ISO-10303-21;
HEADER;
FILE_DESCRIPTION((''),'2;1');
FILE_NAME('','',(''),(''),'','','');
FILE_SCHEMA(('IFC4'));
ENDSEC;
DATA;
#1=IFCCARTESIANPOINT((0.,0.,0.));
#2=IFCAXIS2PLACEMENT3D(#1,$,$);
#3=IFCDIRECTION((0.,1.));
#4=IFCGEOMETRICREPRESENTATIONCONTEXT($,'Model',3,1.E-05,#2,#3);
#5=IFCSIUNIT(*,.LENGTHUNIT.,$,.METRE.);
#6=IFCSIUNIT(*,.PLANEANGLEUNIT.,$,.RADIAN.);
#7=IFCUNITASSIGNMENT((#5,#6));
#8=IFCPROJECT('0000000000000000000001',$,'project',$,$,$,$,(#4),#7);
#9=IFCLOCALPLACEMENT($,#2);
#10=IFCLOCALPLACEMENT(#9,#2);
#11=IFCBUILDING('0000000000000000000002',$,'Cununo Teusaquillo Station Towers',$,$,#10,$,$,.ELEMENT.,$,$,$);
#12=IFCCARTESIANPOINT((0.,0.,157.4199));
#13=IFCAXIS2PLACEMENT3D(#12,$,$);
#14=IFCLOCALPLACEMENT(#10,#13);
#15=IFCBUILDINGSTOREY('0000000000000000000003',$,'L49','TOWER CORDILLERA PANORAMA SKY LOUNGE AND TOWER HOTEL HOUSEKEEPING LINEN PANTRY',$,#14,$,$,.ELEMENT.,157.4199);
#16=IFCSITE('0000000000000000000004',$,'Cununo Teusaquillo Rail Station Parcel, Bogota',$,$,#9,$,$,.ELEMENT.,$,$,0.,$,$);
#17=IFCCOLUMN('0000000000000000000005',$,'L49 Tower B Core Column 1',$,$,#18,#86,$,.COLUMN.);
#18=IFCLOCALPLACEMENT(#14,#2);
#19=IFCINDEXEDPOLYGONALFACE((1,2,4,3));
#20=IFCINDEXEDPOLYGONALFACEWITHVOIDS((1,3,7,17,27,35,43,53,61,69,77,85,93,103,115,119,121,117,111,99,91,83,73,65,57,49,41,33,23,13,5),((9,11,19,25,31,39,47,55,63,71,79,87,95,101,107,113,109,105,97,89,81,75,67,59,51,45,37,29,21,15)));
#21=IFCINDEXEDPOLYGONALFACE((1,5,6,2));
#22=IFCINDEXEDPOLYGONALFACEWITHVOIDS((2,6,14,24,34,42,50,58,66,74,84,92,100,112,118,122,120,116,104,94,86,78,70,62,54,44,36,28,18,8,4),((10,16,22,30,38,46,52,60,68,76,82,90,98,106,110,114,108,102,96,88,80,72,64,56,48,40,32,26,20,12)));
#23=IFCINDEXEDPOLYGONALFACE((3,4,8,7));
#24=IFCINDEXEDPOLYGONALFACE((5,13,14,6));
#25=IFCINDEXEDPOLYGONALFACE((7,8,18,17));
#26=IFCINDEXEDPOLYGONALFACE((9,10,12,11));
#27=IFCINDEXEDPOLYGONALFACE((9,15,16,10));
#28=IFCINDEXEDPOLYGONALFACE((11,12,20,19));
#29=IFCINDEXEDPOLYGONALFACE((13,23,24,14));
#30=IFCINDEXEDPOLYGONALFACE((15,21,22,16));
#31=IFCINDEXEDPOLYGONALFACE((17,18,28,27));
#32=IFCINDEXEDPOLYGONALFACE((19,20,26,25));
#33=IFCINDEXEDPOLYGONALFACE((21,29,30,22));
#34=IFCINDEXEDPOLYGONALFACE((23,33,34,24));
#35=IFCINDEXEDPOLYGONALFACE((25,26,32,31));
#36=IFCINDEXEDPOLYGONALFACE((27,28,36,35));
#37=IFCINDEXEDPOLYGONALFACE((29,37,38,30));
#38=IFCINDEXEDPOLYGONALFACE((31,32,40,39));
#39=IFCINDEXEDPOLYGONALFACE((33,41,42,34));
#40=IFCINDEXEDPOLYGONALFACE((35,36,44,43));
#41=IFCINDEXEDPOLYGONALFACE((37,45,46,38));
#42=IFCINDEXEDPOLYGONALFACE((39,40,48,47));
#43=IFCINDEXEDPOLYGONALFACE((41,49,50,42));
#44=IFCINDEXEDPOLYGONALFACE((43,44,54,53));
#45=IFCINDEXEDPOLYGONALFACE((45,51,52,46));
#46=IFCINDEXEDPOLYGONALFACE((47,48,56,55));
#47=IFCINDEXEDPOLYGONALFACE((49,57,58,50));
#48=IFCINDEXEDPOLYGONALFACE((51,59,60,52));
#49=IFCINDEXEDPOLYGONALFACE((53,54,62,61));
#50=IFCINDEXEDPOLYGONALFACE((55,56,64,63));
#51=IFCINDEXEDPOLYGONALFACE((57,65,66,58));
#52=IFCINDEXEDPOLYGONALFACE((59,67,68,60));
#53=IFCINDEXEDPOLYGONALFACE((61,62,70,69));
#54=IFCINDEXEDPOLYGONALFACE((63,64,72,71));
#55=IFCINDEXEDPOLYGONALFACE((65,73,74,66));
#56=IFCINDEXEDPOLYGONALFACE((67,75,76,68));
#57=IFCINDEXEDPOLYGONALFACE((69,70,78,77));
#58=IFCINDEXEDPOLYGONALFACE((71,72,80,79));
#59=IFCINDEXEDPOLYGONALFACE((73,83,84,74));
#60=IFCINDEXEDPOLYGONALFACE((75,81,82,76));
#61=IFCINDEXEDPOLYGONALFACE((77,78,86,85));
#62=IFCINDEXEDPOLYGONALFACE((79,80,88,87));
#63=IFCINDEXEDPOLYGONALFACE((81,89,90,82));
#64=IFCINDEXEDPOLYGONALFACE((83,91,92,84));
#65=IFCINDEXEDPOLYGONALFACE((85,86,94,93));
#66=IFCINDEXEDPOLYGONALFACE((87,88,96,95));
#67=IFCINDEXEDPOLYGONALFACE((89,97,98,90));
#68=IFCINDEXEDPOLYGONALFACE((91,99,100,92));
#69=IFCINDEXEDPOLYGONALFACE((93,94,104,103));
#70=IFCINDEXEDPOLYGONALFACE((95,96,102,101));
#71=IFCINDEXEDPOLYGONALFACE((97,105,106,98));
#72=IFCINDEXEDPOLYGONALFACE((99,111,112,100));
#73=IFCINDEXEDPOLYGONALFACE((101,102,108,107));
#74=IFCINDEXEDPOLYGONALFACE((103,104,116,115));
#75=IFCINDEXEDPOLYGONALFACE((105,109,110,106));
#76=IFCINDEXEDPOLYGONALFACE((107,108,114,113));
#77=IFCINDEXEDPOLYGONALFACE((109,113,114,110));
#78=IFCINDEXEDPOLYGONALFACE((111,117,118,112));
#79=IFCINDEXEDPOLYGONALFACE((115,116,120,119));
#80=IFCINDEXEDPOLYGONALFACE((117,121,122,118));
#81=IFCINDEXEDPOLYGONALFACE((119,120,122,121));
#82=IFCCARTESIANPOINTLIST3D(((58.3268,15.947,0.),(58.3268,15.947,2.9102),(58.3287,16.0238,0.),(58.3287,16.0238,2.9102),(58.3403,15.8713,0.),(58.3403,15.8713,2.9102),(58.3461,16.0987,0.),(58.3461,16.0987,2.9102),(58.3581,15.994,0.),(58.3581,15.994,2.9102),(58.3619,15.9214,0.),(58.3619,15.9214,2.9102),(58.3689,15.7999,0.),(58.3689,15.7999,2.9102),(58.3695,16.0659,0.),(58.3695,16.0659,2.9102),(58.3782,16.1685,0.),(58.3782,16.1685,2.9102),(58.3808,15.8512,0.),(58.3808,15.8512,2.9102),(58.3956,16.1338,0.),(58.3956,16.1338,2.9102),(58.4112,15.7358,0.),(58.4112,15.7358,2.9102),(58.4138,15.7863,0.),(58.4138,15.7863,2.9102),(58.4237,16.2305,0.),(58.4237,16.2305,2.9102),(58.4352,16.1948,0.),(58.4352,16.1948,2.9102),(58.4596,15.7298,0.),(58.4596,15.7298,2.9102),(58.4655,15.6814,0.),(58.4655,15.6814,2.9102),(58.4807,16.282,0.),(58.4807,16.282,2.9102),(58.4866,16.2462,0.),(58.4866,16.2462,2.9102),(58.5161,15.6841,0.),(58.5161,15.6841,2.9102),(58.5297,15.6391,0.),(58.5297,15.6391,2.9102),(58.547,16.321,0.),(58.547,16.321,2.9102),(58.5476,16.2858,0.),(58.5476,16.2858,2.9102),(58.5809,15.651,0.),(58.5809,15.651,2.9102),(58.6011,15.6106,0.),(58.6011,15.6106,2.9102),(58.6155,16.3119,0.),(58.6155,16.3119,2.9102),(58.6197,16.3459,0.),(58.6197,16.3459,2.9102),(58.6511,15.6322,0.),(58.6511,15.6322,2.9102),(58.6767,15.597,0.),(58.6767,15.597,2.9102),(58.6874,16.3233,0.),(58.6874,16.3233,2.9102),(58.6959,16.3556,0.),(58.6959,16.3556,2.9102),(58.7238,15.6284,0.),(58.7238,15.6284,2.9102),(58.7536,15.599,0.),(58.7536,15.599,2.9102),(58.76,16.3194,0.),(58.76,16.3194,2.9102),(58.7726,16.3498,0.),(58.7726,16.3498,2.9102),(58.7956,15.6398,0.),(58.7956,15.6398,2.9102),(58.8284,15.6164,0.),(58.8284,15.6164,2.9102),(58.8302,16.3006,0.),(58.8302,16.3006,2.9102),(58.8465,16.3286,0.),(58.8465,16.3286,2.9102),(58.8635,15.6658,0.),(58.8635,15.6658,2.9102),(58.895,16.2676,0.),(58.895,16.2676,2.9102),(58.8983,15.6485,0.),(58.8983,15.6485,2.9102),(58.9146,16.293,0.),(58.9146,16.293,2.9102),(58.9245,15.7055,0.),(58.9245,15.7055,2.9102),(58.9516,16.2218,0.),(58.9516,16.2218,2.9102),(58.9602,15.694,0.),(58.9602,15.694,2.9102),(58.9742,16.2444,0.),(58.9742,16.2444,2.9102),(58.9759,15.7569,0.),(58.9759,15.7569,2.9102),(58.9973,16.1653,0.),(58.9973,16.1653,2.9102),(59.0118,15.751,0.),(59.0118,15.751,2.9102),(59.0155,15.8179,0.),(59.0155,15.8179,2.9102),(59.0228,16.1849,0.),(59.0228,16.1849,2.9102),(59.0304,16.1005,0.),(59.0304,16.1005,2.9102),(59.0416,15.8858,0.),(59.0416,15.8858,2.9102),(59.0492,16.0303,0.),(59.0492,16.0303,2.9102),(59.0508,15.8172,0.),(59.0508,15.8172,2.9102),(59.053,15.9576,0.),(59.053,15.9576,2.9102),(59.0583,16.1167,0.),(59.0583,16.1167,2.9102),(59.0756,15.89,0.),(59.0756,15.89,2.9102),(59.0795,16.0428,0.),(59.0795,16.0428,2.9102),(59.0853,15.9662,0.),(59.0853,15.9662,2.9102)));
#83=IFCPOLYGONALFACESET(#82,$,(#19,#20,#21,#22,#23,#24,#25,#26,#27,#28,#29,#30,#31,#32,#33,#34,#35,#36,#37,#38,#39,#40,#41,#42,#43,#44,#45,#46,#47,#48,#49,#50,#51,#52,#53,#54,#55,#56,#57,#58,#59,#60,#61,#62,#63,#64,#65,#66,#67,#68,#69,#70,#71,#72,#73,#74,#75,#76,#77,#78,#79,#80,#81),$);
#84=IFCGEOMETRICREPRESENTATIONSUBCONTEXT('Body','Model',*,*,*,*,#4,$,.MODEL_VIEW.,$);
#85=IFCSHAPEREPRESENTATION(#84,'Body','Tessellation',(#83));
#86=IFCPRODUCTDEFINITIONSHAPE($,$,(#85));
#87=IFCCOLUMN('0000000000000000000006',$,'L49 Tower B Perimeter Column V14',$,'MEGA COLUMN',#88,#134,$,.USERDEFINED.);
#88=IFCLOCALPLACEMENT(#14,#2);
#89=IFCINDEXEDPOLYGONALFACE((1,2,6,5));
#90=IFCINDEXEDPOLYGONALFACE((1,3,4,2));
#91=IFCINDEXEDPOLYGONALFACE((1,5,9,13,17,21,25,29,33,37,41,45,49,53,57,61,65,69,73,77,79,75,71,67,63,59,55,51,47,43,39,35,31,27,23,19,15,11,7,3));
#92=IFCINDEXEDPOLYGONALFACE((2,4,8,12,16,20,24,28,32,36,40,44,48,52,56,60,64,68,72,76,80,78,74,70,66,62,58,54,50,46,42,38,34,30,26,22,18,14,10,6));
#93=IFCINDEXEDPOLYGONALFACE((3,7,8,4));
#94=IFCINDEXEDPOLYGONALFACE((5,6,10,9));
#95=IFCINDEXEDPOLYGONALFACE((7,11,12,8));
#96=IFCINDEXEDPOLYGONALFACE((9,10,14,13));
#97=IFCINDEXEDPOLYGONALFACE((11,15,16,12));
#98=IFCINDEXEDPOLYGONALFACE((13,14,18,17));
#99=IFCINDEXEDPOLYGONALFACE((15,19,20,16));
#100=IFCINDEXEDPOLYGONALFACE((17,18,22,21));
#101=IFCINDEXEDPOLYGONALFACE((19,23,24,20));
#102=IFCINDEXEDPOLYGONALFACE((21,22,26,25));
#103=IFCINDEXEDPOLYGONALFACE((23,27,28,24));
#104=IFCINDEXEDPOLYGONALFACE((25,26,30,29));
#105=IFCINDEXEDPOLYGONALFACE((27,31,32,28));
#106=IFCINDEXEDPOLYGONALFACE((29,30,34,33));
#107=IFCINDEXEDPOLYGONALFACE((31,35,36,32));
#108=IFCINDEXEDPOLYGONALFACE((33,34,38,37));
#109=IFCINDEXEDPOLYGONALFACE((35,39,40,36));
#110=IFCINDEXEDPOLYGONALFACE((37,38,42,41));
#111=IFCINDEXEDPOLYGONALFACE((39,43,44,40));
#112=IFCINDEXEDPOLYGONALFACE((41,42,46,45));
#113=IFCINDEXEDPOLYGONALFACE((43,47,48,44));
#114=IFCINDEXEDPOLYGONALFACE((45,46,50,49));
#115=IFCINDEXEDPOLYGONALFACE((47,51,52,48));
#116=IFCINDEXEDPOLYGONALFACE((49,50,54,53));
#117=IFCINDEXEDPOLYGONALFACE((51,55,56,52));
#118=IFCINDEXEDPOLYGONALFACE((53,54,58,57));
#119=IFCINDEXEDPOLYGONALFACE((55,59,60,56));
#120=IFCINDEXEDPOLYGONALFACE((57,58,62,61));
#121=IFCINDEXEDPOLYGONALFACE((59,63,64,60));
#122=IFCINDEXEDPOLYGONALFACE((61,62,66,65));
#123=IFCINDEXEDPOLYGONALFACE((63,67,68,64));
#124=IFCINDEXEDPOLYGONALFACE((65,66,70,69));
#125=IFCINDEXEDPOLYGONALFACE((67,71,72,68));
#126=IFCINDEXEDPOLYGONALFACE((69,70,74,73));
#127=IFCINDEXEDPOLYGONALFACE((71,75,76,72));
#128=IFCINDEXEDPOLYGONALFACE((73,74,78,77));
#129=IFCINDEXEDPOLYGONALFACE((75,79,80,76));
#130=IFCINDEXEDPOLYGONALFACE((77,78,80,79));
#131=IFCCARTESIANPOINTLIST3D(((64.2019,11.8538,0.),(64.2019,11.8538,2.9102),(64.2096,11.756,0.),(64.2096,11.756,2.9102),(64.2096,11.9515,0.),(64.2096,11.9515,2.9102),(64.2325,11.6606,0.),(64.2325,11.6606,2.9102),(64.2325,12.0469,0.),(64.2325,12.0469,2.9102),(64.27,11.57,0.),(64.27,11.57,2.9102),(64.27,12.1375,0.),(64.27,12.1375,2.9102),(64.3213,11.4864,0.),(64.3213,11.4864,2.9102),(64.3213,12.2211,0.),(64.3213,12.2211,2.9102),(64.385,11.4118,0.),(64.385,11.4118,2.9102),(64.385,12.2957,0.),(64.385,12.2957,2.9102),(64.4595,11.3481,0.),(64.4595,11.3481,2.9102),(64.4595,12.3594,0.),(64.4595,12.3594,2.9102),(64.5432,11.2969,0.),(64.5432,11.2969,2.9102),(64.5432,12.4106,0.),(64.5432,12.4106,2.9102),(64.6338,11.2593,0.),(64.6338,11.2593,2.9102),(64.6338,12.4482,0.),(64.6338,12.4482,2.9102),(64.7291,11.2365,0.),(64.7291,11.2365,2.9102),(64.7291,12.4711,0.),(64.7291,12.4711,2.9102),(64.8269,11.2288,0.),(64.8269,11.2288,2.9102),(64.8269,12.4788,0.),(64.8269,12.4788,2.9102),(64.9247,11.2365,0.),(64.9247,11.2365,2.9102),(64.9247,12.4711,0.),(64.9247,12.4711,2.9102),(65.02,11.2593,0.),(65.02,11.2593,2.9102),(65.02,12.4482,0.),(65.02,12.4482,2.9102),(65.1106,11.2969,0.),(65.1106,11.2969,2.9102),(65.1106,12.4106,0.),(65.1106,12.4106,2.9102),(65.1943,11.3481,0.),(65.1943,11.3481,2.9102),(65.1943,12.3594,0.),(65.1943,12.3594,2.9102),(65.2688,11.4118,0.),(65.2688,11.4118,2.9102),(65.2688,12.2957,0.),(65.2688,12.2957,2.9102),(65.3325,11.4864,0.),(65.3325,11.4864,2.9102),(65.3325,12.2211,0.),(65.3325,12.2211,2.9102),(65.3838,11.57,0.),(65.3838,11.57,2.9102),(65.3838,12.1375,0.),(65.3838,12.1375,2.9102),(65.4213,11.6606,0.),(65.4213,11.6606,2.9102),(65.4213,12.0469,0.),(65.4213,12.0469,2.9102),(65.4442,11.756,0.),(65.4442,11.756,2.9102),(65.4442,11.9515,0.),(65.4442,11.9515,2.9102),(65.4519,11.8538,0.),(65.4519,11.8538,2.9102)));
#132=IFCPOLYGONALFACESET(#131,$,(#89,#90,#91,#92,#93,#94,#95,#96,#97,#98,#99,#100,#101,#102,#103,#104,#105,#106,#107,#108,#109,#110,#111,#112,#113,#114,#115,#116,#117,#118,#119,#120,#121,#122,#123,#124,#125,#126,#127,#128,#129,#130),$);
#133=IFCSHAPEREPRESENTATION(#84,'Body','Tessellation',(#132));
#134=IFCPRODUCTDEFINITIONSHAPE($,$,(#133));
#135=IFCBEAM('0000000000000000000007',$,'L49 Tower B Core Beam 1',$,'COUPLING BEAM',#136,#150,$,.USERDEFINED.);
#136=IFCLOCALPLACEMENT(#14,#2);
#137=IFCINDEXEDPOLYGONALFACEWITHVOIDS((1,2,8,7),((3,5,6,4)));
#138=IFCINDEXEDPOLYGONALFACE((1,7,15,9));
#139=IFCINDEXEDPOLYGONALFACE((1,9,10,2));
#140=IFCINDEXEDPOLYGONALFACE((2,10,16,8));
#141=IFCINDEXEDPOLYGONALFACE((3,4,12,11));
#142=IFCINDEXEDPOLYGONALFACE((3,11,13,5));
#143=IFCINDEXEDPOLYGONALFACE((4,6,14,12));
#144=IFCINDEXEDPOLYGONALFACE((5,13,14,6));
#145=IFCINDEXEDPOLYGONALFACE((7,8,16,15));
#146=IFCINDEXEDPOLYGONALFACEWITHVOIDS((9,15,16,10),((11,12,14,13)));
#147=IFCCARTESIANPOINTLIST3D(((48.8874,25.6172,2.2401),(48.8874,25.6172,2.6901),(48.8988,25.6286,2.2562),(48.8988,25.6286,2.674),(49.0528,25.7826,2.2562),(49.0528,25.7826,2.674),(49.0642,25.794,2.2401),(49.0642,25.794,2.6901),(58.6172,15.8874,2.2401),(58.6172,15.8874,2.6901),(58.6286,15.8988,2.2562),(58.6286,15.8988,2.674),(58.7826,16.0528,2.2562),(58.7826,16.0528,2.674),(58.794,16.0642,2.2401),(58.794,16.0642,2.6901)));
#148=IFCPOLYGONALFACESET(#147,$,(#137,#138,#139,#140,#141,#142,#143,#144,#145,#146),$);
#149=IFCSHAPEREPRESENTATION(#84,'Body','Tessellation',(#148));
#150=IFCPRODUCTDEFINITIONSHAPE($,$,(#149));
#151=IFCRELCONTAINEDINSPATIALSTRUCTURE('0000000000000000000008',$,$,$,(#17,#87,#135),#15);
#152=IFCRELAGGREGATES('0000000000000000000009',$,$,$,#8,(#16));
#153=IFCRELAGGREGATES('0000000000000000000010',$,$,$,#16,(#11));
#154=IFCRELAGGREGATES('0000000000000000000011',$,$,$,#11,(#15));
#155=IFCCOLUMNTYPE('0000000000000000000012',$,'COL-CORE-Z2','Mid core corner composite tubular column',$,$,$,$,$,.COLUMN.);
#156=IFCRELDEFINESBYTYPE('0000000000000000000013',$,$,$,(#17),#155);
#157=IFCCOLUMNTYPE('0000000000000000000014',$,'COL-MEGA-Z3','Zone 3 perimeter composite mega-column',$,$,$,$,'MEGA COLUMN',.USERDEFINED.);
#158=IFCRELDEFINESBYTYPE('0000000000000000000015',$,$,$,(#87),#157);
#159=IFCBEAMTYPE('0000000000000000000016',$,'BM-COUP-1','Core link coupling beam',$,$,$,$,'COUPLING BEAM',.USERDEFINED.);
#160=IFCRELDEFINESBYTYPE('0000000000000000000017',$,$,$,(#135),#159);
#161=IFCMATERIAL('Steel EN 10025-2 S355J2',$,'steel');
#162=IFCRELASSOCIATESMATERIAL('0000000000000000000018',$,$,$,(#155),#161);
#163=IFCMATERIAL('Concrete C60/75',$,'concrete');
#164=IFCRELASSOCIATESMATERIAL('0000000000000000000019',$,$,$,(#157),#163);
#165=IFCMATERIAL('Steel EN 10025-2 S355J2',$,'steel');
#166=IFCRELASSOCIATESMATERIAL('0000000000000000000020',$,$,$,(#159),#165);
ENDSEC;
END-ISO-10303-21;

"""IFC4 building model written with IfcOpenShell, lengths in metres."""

from ifc_helpers import new_model, si_unit, direction, frame, origin, origin_2d, place, context, subcontext, project, spatial, hollow_rectangle, circle, hollow_circle, extrude, material, material_profile, profile_set, type_object, element, save


model = new_model("IFC4")

# Units and contexts
model_context = context("Model", 3, precision=1e-05, world=origin(), true_north=direction((0.0, 1.0)))
body_context = subcontext(model_context, "Body", "Model", "MODEL_VIEW")
ifc_project = project(units=[si_unit("LENGTHUNIT", "METRE"), si_unit("PLANEANGLEUNIT", "RADIAN")], contexts=[model_context])

# Site, building, storey
site_placement = place(None, origin())
site = spatial("IfcSite", under=ifc_project, at=site_placement, Name="Cununo Teusaquillo Rail Station Parcel, Bogota", CompositionType="ELEMENT", RefElevation=0.0)
building_placement = place(site_placement, origin())
building = spatial("IfcBuilding", under=site, at=building_placement, Name="Cununo Teusaquillo Station Towers", CompositionType="ELEMENT")
storey_placement = place(building_placement, frame((0.0, 0.0, 157.4199)))
storey = spatial("IfcBuildingStorey", under=building, at=storey_placement, Name="L49", Description="TOWER CORDILLERA PANORAMA SKY LOUNGE AND TOWER HOTEL HOUSEKEEPING LINEN PANTRY", CompositionType="ELEMENT", Elevation=157.4199)

# Columns
ifc_material_1 = material(Name="Steel EN 10025-2 S355J2", Category="steel")
ifc_material_profile_1 = material_profile(ifc_material_1, hollow_circle(Radius=0.3799, WallThickness=0.032, at=origin_2d()), Name="CHS 760x32")
ifc_profile_set_1 = profile_set([ifc_material_profile_1], Name="Steel EN 10025-2 S355J2")
column_type_1 = type_object("IfcColumnType", Name="COL-CORE-Z2", Description="Mid core corner composite tubular column", PredefinedType="COLUMN", material=ifc_profile_set_1)
column_1_placement = place(storey_placement, frame((58.7056, 15.9758, 0.0), z_axis=(0.0, 0.0, 1.0), x_axis=(0.707107, 0.707107, 0.0)))
element("IfcColumn", 1, at=column_1_placement, inside=storey, type_object=column_type_1, Name="L49 Tower B Core Column 1", PredefinedType="COLUMN", context=body_context, shape_type="SweptSolid", body=[
    extrude(hollow_circle(Radius=0.3799, WallThickness=0.032, at=origin_2d()), origin(), (0.0, 0.0, 1.0), 2.9102),
])
ifc_material_2 = material(Name="Concrete C60/75", Category="concrete")
ifc_material_profile_2 = material_profile(ifc_material_2, circle(Radius=0.625, at=origin_2d()), Name="RC-CIRC-1250")
ifc_profile_set_2 = profile_set([ifc_material_profile_2], Name="Concrete C60/75")
column_type_2 = type_object("IfcColumnType", Name="COL-MEGA-Z3", Description="Zone 3 perimeter composite mega-column", ElementType="MEGA COLUMN", PredefinedType="USERDEFINED", material=ifc_profile_set_2)
column_2_placement = place(storey_placement, frame((64.8269, 11.8538, 0.0), z_axis=(0.0, 0.0, 1.0), x_axis=(1.0, 0.0, 0.0)))
element("IfcColumn", 2, at=column_2_placement, inside=storey, type_object=column_type_2, Name="L49 Tower B Perimeter Column V14", ObjectType="MEGA COLUMN", PredefinedType="USERDEFINED", context=body_context, shape_type="SweptSolid", body=[
    extrude(circle(Radius=0.625, at=origin_2d()), origin(), (0.0, 0.0, 1.0), 2.9102),
])

# Beam
ifc_material_3 = material(Name="Steel EN 10025-2 S355J2", Category="steel")
ifc_material_profile_3 = material_profile(ifc_material_3, hollow_rectangle(XDim=0.25, YDim=0.45, WallThickness=0.0161, at=origin_2d()), Name="RHS 450x250x16")
ifc_profile_set_3 = profile_set([ifc_material_profile_3], Name="Steel EN 10025-2 S355J2")
beam_type_1 = type_object("IfcBeamType", Name="BM-COUP-1", Description="Core link coupling beam", ElementType="COUPLING BEAM", PredefinedType="USERDEFINED", material=ifc_profile_set_3)
beam_1_placement = place(storey_placement, frame((58.7056, 15.9758, 2.4651), z_axis=(-0.707107, 0.707107, 0.0), x_axis=(-0.707107, -0.707107, 0.0)))
element("IfcBeam", 3, at=beam_1_placement, inside=storey, type_object=beam_type_1, Name="L49 Tower B Core Beam 1", ObjectType="COUPLING BEAM", PredefinedType="USERDEFINED", context=body_context, shape_type="SweptSolid", body=[
    extrude(hollow_rectangle(XDim=0.25, YDim=0.45, WallThickness=0.0161, at=origin_2d()), origin(), (0.0, 0.0, 1.0), 13.76),
])

save(model, "model.ifc")
